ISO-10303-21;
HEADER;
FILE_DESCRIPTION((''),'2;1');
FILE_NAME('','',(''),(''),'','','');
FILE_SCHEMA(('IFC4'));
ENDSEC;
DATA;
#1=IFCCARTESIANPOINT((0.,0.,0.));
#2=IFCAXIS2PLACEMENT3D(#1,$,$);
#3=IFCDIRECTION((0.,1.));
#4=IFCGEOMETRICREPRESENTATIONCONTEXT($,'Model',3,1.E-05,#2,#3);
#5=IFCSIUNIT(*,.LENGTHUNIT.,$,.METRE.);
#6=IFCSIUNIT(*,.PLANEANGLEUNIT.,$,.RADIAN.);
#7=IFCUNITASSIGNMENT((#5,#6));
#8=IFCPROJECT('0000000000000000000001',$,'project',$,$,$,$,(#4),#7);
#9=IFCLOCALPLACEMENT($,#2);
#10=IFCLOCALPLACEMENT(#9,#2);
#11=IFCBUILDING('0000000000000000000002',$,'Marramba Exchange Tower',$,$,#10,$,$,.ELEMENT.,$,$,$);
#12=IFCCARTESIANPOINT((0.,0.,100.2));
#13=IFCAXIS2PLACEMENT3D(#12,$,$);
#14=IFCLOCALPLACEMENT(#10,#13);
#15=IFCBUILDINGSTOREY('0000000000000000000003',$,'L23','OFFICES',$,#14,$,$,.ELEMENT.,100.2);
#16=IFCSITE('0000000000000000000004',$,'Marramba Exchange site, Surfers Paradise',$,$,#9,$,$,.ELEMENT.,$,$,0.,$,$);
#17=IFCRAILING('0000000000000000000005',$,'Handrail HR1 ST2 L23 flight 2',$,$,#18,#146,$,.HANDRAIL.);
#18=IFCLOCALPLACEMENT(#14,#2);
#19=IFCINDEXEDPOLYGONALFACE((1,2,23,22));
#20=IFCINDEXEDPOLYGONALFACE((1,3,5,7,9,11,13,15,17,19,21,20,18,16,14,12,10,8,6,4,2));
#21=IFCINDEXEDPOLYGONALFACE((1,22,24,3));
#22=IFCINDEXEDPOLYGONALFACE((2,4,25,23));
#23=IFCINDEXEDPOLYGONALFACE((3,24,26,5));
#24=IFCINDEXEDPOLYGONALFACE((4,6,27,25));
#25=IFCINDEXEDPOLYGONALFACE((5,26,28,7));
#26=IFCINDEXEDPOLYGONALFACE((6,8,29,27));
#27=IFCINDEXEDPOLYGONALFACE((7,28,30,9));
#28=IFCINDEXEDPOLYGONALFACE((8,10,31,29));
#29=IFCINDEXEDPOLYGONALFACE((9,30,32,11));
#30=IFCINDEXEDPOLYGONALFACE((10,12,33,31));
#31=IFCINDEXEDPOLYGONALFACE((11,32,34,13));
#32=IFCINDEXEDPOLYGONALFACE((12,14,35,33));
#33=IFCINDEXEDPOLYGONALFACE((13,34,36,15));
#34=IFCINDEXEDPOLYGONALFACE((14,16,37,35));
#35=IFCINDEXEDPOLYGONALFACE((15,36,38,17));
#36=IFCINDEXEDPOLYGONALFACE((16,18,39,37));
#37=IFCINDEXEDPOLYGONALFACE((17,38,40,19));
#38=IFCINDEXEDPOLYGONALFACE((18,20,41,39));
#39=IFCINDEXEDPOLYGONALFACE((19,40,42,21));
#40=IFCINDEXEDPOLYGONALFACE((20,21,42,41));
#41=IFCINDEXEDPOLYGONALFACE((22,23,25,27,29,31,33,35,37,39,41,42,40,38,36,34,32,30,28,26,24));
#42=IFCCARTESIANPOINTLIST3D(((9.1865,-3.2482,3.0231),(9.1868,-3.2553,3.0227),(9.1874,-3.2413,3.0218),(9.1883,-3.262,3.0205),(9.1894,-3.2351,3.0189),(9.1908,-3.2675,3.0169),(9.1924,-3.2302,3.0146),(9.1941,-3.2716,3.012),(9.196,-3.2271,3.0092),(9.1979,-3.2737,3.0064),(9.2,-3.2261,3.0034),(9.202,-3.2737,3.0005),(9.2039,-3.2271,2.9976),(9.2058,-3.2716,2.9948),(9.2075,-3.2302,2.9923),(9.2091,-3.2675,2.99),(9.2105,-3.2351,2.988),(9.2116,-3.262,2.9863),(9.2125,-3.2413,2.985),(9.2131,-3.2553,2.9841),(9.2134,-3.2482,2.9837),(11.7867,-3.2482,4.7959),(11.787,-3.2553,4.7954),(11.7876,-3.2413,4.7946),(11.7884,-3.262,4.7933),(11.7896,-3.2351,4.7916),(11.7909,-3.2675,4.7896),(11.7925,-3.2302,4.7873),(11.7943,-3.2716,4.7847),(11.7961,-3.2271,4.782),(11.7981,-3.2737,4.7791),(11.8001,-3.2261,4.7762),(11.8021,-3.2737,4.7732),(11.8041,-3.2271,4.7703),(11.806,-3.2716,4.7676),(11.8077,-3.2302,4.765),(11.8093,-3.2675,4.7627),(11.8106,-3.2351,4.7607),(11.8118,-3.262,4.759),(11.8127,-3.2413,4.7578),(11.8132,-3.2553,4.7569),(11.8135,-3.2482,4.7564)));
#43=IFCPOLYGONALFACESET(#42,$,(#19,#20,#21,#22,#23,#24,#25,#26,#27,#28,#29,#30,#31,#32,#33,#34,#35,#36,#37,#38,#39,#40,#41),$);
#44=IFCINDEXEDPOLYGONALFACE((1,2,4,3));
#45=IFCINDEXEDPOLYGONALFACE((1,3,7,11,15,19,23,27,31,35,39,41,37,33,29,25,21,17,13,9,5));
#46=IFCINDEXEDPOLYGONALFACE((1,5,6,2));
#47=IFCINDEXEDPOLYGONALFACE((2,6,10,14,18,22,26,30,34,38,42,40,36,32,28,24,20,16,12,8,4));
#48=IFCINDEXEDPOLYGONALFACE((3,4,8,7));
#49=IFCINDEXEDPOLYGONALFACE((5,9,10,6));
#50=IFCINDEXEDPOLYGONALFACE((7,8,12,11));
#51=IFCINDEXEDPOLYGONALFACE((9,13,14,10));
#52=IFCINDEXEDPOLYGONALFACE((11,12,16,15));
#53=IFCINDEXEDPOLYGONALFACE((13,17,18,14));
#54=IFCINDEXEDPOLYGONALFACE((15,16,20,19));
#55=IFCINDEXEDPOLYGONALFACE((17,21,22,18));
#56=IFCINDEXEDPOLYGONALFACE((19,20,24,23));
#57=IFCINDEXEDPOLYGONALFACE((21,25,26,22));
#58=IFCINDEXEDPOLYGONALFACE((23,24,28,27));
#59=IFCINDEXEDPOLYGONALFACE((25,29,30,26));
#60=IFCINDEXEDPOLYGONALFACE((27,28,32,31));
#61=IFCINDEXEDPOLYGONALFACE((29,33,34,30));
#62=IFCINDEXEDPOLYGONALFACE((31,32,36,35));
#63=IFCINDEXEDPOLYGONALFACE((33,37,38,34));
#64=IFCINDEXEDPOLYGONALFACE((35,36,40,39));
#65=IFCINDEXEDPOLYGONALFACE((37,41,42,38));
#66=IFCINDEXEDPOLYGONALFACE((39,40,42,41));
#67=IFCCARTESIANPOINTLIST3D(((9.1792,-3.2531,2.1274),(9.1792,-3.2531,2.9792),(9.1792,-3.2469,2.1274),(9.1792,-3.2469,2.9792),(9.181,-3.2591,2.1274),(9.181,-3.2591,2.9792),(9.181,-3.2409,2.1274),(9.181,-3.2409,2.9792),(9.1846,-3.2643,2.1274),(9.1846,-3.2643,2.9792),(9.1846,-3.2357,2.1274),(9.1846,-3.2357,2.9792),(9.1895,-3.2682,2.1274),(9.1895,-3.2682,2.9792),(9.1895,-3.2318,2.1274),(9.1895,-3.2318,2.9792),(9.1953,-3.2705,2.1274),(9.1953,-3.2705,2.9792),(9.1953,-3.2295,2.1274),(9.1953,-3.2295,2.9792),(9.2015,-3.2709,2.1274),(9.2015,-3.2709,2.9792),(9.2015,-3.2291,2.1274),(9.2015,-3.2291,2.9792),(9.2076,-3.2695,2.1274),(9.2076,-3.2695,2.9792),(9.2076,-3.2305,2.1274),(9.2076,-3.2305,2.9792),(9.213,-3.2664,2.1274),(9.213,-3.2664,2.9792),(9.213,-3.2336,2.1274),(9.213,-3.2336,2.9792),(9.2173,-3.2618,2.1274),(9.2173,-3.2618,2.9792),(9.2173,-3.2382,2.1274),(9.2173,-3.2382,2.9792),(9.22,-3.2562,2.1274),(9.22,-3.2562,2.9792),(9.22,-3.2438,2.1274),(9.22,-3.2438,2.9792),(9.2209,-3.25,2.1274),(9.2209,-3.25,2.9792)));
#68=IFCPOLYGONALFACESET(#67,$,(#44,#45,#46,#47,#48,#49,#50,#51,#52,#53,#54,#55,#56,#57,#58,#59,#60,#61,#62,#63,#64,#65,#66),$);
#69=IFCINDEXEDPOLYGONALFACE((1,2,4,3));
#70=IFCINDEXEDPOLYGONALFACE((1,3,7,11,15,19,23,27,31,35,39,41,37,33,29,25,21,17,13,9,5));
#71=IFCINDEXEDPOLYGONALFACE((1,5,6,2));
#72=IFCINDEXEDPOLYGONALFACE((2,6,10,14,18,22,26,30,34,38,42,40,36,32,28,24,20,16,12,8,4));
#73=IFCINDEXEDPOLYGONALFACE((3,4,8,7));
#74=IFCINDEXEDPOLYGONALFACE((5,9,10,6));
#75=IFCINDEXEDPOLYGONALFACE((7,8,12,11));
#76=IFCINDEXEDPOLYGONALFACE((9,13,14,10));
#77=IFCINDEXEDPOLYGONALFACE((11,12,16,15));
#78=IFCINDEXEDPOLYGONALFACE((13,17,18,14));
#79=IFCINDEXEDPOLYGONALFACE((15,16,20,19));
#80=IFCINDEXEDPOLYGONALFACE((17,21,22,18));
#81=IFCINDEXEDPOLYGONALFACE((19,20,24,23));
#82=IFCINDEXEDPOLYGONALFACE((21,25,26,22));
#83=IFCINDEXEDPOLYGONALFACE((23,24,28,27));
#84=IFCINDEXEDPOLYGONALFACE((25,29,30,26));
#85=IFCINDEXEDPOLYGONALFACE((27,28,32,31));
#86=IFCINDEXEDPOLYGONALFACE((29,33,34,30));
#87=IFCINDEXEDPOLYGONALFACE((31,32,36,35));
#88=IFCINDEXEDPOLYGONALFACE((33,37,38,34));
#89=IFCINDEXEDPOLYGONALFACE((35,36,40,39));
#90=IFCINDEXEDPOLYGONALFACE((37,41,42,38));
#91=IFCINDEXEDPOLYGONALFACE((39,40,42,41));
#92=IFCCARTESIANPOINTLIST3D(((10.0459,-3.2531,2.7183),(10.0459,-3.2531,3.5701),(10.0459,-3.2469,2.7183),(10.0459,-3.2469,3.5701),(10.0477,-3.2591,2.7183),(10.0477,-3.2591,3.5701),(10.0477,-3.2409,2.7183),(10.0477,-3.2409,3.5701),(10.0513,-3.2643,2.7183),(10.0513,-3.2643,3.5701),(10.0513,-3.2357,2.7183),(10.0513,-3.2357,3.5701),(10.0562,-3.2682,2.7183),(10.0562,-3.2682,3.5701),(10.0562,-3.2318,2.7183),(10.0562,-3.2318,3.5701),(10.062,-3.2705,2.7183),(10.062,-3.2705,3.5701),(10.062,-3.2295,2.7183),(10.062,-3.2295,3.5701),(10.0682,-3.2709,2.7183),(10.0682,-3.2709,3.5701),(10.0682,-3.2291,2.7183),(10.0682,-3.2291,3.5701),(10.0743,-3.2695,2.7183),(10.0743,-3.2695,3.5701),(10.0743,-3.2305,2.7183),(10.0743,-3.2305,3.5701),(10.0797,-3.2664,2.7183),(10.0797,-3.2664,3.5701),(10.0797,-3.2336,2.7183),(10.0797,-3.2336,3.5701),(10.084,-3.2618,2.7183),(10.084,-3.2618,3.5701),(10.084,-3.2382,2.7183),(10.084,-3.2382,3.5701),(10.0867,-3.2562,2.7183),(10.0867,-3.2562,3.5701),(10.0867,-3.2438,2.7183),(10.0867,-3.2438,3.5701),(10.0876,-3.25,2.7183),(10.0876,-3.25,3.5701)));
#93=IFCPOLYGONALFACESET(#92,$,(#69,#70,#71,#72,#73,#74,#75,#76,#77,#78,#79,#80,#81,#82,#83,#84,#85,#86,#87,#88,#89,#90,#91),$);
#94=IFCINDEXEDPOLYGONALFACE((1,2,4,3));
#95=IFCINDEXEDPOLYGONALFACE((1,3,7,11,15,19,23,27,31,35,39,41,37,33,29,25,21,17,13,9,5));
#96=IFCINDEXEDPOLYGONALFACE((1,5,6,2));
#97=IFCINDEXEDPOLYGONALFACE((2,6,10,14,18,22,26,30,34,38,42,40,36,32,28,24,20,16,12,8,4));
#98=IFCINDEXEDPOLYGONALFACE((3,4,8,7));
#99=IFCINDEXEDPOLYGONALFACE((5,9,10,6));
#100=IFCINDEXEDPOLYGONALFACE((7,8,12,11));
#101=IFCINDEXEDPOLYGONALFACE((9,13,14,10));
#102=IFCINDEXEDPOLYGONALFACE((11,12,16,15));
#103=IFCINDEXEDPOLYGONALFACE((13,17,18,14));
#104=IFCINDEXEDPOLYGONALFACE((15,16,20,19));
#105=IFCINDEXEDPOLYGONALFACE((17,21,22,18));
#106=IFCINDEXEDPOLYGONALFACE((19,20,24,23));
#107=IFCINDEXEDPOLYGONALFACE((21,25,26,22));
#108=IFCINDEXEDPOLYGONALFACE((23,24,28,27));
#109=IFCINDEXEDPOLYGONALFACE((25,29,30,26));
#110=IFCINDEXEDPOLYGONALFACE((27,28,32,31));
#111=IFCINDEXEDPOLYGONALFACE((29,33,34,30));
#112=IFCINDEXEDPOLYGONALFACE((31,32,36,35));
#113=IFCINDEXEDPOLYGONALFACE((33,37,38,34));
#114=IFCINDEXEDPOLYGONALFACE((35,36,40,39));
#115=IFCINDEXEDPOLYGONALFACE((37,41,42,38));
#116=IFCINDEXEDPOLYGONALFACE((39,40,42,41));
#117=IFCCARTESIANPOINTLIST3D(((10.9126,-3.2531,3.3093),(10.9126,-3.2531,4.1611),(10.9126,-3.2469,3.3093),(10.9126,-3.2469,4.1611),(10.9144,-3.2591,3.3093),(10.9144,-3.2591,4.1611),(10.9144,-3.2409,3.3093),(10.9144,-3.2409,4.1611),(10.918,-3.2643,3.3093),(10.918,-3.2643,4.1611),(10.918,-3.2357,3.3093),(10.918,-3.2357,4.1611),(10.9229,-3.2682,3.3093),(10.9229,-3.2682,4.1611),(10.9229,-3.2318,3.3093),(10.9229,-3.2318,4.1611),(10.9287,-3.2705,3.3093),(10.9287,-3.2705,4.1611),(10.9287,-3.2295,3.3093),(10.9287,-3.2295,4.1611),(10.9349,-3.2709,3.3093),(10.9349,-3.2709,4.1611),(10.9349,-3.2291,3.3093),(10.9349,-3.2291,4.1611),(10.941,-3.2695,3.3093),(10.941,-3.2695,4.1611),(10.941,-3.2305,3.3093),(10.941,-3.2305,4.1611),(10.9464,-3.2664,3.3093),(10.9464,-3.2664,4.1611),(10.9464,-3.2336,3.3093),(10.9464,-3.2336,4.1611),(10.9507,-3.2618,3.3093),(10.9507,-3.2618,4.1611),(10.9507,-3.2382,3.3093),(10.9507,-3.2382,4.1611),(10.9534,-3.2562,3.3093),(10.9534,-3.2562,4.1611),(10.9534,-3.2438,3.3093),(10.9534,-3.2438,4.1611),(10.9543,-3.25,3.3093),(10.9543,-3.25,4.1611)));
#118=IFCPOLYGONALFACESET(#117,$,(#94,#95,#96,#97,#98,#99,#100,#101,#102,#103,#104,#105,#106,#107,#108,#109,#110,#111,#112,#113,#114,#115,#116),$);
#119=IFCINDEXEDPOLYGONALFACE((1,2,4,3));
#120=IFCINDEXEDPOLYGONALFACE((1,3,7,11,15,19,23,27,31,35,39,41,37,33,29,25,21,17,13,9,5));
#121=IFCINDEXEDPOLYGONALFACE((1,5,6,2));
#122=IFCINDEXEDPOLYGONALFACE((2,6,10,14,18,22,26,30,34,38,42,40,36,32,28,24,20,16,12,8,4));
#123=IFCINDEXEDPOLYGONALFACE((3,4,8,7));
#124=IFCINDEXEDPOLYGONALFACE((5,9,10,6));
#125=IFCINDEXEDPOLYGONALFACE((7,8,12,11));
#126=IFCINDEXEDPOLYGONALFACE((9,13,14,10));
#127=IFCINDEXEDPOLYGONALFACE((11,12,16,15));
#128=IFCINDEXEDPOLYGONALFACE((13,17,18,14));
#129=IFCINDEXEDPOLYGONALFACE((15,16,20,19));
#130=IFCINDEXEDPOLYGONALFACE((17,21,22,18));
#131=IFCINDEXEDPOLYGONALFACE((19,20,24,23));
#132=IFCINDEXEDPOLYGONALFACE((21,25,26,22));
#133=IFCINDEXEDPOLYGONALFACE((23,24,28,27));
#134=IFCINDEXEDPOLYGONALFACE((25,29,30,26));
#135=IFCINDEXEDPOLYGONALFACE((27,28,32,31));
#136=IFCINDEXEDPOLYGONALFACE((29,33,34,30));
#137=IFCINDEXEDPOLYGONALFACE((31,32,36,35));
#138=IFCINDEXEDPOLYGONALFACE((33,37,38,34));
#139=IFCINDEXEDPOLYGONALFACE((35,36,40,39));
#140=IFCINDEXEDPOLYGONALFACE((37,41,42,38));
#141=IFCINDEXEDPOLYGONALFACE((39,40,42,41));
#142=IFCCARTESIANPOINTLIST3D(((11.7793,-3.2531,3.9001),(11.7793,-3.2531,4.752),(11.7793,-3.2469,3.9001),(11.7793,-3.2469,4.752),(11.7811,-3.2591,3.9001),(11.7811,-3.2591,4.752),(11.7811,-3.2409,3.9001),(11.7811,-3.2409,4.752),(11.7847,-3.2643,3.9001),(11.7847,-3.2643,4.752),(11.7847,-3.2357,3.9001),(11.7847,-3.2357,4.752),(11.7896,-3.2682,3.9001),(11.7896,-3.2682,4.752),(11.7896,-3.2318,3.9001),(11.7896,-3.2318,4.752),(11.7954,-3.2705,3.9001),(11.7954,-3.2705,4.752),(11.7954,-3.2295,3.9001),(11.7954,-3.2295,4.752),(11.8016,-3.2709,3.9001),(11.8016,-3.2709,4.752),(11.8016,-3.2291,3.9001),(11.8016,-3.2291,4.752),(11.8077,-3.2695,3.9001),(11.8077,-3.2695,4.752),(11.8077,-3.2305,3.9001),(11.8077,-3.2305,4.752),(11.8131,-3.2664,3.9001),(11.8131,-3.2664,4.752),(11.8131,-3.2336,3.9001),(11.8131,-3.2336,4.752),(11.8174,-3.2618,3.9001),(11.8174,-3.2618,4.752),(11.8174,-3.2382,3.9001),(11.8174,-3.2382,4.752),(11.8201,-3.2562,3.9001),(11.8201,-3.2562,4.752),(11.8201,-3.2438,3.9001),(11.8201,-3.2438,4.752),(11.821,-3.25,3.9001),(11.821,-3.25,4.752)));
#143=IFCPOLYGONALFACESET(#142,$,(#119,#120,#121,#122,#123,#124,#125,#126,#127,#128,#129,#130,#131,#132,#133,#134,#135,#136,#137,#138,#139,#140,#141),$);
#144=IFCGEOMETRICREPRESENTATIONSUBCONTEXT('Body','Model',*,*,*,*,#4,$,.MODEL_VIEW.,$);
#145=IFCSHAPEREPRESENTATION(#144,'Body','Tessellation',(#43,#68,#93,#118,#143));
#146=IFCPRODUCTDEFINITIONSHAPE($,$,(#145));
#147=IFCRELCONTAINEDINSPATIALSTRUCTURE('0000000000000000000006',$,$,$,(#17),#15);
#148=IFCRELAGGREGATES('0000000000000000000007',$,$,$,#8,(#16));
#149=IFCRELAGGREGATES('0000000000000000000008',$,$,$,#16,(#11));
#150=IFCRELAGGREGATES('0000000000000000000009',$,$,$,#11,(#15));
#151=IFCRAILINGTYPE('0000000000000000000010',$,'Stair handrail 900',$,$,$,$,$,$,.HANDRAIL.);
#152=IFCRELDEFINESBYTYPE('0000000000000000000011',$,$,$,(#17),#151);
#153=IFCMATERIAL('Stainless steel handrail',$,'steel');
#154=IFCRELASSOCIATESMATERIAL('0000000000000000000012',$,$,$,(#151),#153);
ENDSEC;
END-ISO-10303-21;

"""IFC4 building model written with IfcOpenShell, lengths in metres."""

from ifc_helpers import new_model, si_unit, direction, frame, origin, origin_2d, place, context, subcontext, project, spatial, circle, extrude, material, type_object, element, save


model = new_model("IFC4")

# Units and contexts
model_context = context("Model", 3, precision=1e-05, world=origin(), true_north=direction((0.0, 1.0)))
body_context = subcontext(model_context, "Body", "Model", "MODEL_VIEW")
ifc_project = project(units=[si_unit("LENGTHUNIT", "METRE"), si_unit("PLANEANGLEUNIT", "RADIAN")], contexts=[model_context])

# Site, building, storey
site_placement = place(None, origin())
site = spatial("IfcSite", under=ifc_project, at=site_placement, Name="Marramba Exchange site, Surfers Paradise", CompositionType="ELEMENT", RefElevation=0.0)
building_placement = place(site_placement, origin())
building = spatial("IfcBuilding", under=site, at=building_placement, Name="Marramba Exchange Tower", CompositionType="ELEMENT")
storey_placement = place(building_placement, frame((0.0, 0.0, 100.2)))
storey = spatial("IfcBuildingStorey", under=building, at=storey_placement, Name="L23", Description="OFFICES", CompositionType="ELEMENT", Elevation=100.2)

# Railing
ifc_material_1 = material(Name="Stainless steel handrail", Category="steel")
railing_type = type_object("IfcRailingType", Name="Stair handrail 900", PredefinedType="HANDRAIL", material=ifc_material_1)
railing_placement = place(storey_placement, frame((9.2, -3.25, 2.1274)))
element("IfcRailing", 1, at=railing_placement, inside=storey, type_object=railing_type, Name="Handrail HR1 ST2 L23 flight 2", PredefinedType="HANDRAIL", context=body_context, shape_type="SweptSolid", body=[
    extrude(circle(Radius=0.0239, at=origin_2d()), frame((0.0, 0.0, 0.876), z_axis=(0.82624, 0.0, 0.563318), x_axis=(0.0, 1.0, 0.0)), (0.0, 0.0, 1.0), 3.147),
    extrude(circle(Radius=0.021, at=origin_2d()), origin(), (0.0, 0.0, 1.0), 0.8518),
    extrude(circle(Radius=0.021, at=origin_2d()), frame((0.8667, 0.0, 0.5908)), (0.0, 0.0, 1.0), 0.8518),
    extrude(circle(Radius=0.021, at=origin_2d()), frame((1.7334, 0.0, 1.1819)), (0.0, 0.0, 1.0), 0.8518),
    extrude(circle(Radius=0.021, at=origin_2d()), frame((2.6001, 0.0, 1.7727)), (0.0, 0.0, 1.0), 0.8518),
])

save(model, "model.ifc")
